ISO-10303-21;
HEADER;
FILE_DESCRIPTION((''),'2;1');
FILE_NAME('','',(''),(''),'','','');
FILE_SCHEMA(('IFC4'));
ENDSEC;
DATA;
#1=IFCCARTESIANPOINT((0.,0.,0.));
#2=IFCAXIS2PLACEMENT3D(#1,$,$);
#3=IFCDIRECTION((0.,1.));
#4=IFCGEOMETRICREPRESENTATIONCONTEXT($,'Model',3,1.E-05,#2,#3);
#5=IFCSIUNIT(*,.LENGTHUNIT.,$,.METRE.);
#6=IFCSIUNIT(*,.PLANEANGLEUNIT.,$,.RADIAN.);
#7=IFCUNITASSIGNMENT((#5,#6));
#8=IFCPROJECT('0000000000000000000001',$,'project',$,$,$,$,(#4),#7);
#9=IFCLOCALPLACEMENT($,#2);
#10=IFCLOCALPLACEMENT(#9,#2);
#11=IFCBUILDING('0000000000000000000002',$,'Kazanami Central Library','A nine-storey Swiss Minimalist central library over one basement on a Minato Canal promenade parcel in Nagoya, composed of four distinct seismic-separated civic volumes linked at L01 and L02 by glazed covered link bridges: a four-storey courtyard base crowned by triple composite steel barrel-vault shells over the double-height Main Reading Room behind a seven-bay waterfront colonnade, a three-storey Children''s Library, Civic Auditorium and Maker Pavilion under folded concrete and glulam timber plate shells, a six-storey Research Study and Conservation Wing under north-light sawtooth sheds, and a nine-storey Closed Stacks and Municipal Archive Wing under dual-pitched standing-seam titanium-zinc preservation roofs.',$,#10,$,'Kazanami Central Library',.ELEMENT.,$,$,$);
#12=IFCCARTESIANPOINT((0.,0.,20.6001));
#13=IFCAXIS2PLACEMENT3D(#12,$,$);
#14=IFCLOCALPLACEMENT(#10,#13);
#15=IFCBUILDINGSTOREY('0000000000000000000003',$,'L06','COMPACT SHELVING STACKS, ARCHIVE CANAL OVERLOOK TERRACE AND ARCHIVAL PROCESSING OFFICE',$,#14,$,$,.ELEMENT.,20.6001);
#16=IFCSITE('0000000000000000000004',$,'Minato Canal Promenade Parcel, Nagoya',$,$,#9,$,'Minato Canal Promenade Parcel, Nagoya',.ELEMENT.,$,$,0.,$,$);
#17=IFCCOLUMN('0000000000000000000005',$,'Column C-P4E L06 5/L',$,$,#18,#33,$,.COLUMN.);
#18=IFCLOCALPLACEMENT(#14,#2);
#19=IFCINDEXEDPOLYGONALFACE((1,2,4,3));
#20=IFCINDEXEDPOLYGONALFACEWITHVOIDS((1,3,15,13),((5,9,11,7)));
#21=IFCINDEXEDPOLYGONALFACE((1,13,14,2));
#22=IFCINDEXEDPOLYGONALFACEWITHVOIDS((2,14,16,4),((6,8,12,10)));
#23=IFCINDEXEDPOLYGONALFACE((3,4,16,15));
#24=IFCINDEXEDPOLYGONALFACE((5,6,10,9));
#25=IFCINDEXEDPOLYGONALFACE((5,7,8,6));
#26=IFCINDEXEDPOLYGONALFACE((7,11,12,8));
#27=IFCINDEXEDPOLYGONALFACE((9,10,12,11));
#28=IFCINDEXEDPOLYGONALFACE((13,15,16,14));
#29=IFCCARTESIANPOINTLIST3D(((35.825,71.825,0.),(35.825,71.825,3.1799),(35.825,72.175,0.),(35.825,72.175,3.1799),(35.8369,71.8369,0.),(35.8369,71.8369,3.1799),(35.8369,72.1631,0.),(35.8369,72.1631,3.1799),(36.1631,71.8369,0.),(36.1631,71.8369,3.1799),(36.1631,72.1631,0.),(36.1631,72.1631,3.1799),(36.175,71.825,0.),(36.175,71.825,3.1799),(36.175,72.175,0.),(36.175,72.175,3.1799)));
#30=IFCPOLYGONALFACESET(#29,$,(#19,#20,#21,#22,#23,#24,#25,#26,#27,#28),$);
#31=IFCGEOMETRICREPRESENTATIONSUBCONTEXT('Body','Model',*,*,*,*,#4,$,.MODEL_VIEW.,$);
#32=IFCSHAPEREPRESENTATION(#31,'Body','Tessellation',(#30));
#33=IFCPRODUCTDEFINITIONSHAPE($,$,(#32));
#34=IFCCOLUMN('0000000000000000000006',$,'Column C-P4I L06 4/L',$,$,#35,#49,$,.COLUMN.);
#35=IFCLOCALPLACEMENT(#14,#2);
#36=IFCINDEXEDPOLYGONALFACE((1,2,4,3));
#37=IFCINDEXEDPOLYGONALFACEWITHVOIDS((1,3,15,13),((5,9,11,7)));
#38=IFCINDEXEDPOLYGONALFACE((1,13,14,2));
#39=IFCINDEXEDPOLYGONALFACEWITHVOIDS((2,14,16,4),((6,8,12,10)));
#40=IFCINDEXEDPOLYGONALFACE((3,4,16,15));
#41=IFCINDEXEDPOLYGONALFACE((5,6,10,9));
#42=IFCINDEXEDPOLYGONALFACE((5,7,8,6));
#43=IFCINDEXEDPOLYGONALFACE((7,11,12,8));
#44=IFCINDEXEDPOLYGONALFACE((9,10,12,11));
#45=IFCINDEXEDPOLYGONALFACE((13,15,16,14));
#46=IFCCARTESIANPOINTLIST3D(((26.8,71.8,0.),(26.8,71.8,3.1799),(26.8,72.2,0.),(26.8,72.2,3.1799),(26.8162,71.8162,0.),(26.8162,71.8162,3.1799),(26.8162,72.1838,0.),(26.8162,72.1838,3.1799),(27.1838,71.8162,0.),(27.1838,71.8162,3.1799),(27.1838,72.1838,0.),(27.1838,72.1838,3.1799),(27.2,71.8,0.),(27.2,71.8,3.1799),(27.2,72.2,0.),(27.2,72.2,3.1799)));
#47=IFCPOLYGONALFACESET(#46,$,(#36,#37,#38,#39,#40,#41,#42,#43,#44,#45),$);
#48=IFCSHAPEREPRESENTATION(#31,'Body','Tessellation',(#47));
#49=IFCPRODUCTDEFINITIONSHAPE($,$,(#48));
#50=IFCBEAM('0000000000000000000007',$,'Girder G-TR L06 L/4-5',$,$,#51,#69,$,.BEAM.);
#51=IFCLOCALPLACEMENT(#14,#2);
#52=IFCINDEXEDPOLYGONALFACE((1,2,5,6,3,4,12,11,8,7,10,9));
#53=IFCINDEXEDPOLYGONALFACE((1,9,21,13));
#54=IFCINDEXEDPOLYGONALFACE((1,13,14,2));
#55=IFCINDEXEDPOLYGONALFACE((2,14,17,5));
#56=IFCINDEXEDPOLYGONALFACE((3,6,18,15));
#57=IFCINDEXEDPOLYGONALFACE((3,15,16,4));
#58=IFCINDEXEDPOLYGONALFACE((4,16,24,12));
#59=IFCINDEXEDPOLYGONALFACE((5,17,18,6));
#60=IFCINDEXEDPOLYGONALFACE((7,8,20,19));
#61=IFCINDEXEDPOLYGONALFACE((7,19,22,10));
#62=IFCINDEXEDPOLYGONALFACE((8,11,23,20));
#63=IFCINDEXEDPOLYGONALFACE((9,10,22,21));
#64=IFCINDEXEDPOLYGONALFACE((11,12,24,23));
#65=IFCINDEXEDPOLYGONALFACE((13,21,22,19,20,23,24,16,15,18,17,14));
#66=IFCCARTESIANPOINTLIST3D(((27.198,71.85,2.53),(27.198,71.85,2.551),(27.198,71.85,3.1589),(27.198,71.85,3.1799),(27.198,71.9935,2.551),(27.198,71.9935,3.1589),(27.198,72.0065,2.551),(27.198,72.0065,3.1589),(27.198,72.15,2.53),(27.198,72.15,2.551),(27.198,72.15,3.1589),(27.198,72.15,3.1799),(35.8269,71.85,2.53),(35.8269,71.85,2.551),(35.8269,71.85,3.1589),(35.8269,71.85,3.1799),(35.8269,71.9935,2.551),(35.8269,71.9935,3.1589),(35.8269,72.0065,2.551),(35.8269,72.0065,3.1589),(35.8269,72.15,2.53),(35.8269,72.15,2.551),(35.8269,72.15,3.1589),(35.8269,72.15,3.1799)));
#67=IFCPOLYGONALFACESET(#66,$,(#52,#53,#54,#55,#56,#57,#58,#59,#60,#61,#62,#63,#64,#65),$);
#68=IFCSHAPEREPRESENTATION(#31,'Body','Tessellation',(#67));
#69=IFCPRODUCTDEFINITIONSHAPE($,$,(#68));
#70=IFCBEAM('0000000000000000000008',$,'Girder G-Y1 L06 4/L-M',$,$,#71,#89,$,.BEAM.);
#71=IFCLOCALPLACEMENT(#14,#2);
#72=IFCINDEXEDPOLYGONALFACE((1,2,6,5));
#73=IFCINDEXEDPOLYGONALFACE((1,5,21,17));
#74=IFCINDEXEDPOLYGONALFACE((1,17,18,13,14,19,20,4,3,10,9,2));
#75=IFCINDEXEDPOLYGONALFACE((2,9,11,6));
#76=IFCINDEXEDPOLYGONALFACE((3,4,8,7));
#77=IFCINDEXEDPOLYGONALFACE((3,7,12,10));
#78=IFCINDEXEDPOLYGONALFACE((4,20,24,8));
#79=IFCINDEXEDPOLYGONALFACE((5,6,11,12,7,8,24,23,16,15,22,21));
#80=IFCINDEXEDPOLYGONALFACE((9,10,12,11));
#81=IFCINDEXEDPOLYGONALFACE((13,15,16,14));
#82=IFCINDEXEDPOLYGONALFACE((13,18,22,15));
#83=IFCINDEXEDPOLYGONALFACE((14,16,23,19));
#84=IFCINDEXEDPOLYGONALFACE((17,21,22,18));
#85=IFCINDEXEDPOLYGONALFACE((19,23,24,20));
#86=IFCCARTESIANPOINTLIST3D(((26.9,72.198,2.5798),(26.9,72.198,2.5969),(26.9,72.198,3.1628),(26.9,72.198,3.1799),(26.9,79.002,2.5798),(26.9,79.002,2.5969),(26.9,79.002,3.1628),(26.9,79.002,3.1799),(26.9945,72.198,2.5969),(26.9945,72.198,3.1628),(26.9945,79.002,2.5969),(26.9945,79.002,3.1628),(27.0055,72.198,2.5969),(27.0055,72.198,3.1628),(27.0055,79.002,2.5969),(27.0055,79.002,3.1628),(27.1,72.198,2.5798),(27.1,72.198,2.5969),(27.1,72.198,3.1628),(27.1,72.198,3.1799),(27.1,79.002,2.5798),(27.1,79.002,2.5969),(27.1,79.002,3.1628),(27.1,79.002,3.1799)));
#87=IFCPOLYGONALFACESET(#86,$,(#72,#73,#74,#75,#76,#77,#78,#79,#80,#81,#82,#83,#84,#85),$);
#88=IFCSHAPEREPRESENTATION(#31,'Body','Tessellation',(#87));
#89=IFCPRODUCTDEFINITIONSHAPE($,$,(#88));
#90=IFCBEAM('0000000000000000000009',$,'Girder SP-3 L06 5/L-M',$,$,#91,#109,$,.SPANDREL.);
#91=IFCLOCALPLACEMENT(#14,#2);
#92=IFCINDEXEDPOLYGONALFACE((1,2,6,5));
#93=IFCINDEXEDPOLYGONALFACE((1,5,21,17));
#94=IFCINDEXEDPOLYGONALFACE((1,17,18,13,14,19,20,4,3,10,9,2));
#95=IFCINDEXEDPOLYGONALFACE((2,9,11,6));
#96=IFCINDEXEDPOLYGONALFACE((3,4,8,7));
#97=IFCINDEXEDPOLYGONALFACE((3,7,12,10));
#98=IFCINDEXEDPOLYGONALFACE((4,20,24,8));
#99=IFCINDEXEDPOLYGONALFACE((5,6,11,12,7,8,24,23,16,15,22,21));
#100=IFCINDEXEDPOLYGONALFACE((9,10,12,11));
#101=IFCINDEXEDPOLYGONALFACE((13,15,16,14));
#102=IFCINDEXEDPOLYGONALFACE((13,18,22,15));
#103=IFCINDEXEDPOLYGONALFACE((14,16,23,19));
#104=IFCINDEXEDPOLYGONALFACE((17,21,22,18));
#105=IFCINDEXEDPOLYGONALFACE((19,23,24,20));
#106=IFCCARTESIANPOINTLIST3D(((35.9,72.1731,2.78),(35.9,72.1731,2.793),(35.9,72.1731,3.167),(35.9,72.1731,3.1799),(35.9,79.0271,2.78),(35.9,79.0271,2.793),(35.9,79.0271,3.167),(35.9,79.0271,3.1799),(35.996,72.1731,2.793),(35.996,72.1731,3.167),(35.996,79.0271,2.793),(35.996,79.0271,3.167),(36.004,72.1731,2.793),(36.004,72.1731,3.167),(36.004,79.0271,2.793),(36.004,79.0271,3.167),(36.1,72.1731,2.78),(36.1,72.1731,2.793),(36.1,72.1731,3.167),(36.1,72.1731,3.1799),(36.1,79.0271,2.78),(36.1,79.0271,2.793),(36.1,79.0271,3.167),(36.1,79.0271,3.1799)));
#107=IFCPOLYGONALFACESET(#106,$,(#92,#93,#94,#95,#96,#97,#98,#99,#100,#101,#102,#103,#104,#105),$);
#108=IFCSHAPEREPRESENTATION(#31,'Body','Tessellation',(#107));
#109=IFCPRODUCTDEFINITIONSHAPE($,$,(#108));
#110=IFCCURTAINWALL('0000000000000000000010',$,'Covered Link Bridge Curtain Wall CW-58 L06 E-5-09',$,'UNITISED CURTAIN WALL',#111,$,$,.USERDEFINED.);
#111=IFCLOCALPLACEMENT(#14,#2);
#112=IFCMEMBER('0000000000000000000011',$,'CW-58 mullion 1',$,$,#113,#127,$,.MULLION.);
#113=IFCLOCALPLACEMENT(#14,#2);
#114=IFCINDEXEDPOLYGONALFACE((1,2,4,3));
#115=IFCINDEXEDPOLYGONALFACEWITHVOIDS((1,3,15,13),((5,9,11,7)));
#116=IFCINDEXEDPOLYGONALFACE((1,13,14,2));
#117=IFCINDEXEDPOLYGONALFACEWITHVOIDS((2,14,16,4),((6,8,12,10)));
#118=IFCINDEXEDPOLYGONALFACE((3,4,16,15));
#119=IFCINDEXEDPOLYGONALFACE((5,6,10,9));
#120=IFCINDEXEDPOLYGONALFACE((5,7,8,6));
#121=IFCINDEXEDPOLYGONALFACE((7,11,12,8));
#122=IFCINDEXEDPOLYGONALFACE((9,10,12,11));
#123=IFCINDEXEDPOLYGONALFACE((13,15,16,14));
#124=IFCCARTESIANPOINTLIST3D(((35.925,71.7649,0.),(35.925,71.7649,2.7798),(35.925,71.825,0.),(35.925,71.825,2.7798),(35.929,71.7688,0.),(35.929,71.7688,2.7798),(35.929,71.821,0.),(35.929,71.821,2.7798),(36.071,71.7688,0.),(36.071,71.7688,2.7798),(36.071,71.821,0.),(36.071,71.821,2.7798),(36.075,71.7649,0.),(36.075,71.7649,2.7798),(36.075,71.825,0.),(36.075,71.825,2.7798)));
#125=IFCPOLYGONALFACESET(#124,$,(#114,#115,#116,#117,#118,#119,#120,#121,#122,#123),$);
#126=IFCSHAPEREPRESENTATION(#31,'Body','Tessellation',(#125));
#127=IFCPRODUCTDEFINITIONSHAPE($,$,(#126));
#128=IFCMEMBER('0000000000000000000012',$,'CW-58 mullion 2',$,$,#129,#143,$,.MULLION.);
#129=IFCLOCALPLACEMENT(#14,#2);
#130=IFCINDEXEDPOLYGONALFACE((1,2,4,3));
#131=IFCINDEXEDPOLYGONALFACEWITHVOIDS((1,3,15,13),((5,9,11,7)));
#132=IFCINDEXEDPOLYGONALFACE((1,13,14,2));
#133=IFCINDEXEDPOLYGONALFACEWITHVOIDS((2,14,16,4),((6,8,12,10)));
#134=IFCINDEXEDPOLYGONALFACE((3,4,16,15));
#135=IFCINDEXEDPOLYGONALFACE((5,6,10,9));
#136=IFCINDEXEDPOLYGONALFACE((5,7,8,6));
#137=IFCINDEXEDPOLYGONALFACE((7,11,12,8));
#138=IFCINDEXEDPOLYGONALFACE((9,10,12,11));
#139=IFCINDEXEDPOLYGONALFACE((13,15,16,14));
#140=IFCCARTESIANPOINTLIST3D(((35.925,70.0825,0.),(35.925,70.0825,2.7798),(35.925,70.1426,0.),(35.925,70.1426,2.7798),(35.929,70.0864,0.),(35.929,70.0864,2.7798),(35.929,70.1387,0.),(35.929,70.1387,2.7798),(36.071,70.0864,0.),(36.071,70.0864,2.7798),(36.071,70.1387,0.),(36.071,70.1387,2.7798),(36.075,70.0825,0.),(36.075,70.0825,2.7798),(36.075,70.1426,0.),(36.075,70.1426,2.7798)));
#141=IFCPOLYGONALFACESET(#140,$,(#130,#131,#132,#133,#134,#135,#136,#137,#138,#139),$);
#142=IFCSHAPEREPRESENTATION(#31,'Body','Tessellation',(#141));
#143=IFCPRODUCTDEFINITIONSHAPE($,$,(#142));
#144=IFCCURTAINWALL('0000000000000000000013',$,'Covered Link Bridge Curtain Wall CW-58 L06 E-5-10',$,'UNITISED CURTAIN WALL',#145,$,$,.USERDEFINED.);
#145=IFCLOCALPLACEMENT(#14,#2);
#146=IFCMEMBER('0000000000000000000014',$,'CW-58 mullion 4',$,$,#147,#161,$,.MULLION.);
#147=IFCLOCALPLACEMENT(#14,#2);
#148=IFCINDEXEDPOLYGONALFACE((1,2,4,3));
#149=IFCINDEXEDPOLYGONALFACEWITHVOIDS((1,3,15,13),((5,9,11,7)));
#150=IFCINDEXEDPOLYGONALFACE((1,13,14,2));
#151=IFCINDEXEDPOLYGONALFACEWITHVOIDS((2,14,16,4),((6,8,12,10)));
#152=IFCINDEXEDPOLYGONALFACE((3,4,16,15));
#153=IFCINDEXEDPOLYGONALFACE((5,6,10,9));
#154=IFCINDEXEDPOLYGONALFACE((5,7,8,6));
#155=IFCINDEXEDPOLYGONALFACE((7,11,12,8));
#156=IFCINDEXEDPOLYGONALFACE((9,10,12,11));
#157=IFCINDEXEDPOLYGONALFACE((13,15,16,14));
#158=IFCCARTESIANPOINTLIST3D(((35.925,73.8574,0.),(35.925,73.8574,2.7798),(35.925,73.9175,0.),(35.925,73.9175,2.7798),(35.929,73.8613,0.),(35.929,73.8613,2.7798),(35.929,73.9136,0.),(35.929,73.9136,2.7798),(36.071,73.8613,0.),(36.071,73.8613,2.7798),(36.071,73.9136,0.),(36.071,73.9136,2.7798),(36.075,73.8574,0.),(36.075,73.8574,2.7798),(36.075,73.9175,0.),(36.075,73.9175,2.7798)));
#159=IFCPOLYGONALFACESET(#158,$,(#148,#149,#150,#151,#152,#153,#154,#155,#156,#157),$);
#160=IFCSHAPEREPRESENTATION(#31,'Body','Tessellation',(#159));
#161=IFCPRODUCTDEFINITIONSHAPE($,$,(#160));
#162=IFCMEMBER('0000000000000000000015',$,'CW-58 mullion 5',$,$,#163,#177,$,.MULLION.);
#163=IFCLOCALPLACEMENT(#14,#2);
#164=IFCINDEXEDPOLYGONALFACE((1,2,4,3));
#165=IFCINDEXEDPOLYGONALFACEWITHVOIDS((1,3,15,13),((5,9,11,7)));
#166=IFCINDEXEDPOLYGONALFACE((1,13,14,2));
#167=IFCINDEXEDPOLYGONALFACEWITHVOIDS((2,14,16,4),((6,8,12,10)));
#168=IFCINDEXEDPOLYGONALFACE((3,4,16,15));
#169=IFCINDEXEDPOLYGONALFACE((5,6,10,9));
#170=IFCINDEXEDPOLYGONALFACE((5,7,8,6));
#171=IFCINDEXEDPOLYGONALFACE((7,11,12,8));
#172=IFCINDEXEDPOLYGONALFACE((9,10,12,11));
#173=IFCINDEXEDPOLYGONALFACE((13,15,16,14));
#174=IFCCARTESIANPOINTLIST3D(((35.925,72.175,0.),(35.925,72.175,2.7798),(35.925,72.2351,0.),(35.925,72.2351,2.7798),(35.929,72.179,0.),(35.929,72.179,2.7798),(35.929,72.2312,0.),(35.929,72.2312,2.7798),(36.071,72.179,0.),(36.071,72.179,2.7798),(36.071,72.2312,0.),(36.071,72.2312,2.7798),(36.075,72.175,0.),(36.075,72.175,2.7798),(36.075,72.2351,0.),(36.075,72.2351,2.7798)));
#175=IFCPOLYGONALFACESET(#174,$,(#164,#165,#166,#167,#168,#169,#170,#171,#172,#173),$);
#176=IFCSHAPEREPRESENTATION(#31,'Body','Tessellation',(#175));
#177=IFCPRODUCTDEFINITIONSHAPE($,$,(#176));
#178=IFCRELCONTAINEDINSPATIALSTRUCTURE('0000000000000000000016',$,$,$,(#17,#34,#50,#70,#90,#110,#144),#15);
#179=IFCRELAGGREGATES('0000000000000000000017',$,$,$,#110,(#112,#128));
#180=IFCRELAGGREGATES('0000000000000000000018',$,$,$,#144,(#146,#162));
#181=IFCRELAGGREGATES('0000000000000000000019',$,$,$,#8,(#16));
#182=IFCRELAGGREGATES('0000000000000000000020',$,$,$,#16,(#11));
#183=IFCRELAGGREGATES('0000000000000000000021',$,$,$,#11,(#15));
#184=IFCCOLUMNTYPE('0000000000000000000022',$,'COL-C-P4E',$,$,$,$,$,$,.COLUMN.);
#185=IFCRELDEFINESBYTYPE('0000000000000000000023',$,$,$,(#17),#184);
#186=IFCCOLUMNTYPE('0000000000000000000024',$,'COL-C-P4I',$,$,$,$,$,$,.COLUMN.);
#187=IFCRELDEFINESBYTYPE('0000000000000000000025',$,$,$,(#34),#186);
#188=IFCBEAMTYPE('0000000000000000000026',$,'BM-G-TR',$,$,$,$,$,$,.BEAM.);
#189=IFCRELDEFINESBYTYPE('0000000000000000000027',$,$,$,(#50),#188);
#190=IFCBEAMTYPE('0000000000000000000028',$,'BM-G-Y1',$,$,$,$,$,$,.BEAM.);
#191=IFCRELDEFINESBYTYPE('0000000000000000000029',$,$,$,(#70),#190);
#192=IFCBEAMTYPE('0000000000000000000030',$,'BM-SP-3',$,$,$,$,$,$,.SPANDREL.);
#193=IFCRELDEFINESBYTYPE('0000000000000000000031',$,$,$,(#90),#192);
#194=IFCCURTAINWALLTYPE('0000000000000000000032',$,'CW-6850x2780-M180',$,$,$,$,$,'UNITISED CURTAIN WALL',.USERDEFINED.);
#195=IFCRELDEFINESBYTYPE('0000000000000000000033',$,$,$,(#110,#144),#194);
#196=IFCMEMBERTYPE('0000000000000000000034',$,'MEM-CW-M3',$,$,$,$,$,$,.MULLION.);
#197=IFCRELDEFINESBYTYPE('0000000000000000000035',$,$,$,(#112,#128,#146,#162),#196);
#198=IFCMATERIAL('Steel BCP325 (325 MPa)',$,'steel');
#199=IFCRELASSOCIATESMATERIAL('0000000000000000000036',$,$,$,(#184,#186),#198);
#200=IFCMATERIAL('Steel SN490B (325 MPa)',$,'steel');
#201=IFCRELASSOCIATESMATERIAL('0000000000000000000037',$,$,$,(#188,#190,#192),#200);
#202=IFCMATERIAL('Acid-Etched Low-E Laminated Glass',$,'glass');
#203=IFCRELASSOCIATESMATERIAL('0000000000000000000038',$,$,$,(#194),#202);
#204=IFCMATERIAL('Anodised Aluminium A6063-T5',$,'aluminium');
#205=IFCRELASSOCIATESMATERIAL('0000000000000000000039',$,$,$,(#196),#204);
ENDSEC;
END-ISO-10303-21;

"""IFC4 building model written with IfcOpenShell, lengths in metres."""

from ifc_helpers import new_model, si_unit, direction, frame, origin, origin_2d, place, context, subcontext, project, spatial, hollow_rectangle, i_section, extrude, material, material_profile, profile_set, type_object, element, aggregate, save


model = new_model("IFC4")

# Units and contexts
model_context = context("Model", 3, precision=1e-05, world=origin(), true_north=direction((0.0, 1.0)))
body_context = subcontext(model_context, "Body", "Model", "MODEL_VIEW")
ifc_project = project(units=[si_unit("LENGTHUNIT", "METRE"), si_unit("PLANEANGLEUNIT", "RADIAN")], contexts=[model_context])

# Site, building, storey
site_placement = place(None, origin())
site = spatial("IfcSite", under=ifc_project, at=site_placement, Name="Minato Canal Promenade Parcel, Nagoya", LongName="Minato Canal Promenade Parcel, Nagoya", CompositionType="ELEMENT", RefElevation=0.0)
building_placement = place(site_placement, origin())
building = spatial("IfcBuilding", under=site, at=building_placement, Name="Kazanami Central Library", Description="A nine-storey Swiss Minimalist central library over one basement on a Minato Canal promenade parcel in Nagoya, composed of four distinct seismic-separated civic volumes linked at L01 and L02 by glazed covered link bridges: a four-storey courtyard base crowned by triple composite steel barrel-vault shells over the double-height Main Reading Room behind a seven-bay waterfront colonnade, a three-storey Children's Library, Civic Auditorium and Maker Pavilion under folded concrete and glulam timber plate shells, a six-storey Research Study and Conservation Wing under north-light sawtooth sheds, and a nine-storey Closed Stacks and Municipal Archive Wing under dual-pitched standing-seam titanium-zinc preservation roofs.", LongName="Kazanami Central Library", CompositionType="ELEMENT")
storey_placement = place(building_placement, frame((0.0, 0.0, 20.6001)))
storey = spatial("IfcBuildingStorey", under=building, at=storey_placement, Name="L06", Description="COMPACT SHELVING STACKS, ARCHIVE CANAL OVERLOOK TERRACE AND ARCHIVAL PROCESSING OFFICE", CompositionType="ELEMENT", Elevation=20.6001)

# Columns
ifc_material_1 = material(Name="Steel BCP325 (325 MPa)", Category="steel")
ifc_material_profile_1 = material_profile(ifc_material_1, hollow_rectangle(XDim=0.3501, YDim=0.3501, WallThickness=0.012, at=origin_2d()), Name="STKR-350x350x12")
ifc_profile_set_1 = profile_set([ifc_material_profile_1], Name="Steel BCP325 (325 MPa)")
column_type_1 = type_object("IfcColumnType", Name="COL-C-P4E", PredefinedType="COLUMN", material=ifc_profile_set_1)
column_1_placement = place(storey_placement, frame((36.0, 72.0, 0.0), z_axis=(0.0, 0.0, 1.0), x_axis=(1.0, 0.0, 0.0)))
element("IfcColumn", 1, at=column_1_placement, inside=storey, type_object=column_type_1, Name="Column C-P4E L06 5/L", PredefinedType="COLUMN", context=body_context, shape_type="SweptSolid", body=[
    extrude(hollow_rectangle(XDim=0.3501, YDim=0.3501, WallThickness=0.012, at=origin_2d()), origin(), (0.0, 0.0, 1.0), 3.1799),
])
ifc_material_profile_2 = material_profile(ifc_material_1, hollow_rectangle(XDim=0.3999, YDim=0.3999, WallThickness=0.0161, at=origin_2d()), Name="BCP-400x400x16")
ifc_profile_set_2 = profile_set([ifc_material_profile_2], Name="Steel BCP325 (325 MPa)")
column_type_2 = type_object("IfcColumnType", Name="COL-C-P4I", PredefinedType="COLUMN", material=ifc_profile_set_2)
column_2_placement = place(storey_placement, frame((27.0, 72.0, 0.0), z_axis=(0.0, 0.0, 1.0), x_axis=(1.0, 0.0, 0.0)))
element("IfcColumn", 2, at=column_2_placement, inside=storey, type_object=column_type_2, Name="Column C-P4I L06 4/L", PredefinedType="COLUMN", context=body_context, shape_type="SweptSolid", body=[
    extrude(hollow_rectangle(XDim=0.3999, YDim=0.3999, WallThickness=0.0161, at=origin_2d()), origin(), (0.0, 0.0, 1.0), 3.1799),
])

# Beams
ifc_material_2 = material(Name="Steel SN490B (325 MPa)", Category="steel")
ifc_material_profile_3 = material_profile(ifc_material_2, i_section(OverallWidth=0.3, OverallDepth=0.6499, WebThickness=0.0129, FlangeThickness=0.021, at=origin_2d()), Name="H-650x300x13x21")
ifc_profile_set_3 = profile_set([ifc_material_profile_3], Name="Steel SN490B (325 MPa)")
beam_type_1 = type_object("IfcBeamType", Name="BM-G-TR", PredefinedType="BEAM", material=ifc_profile_set_3)
beam_1_placement = place(storey_placement, frame((27.198, 72.0, 2.855), z_axis=(1.0, 0.0, 0.0), x_axis=(0.0, 1.0, 0.0)))
element("IfcBeam", 3, at=beam_1_placement, inside=storey, type_object=beam_type_1, Name="Girder G-TR L06 L/4-5", PredefinedType="BEAM", context=body_context, shape_type="SweptSolid", body=[
    extrude(i_section(OverallWidth=0.3, OverallDepth=0.6499, WebThickness=0.0129, FlangeThickness=0.021, at=origin_2d()), origin(), (0.0, 0.0, 1.0), 8.6289),
])
ifc_material_profile_4 = material_profile(ifc_material_2, i_section(OverallWidth=0.2, OverallDepth=0.6001, WebThickness=0.011, FlangeThickness=0.0171, at=origin_2d()), Name="H-600x200x11x17")
ifc_profile_set_4 = profile_set([ifc_material_profile_4], Name="Steel SN490B (325 MPa)")
beam_type_2 = type_object("IfcBeamType", Name="BM-G-Y1", PredefinedType="BEAM", material=ifc_profile_set_4)
beam_2_placement = place(storey_placement, frame((27.0, 72.198, 2.8799), z_axis=(0.0, 1.0, 0.0), x_axis=(-1.0, 0.0, 0.0)))
element("IfcBeam", 4, at=beam_2_placement, inside=storey, type_object=beam_type_2, Name="Girder G-Y1 L06 4/L-M", PredefinedType="BEAM", context=body_context, shape_type="SweptSolid", body=[
    extrude(i_section(OverallWidth=0.2, OverallDepth=0.6001, WebThickness=0.011, FlangeThickness=0.0171, at=origin_2d()), origin(), (0.0, 0.0, 1.0), 6.804),
])
ifc_material_profile_5 = material_profile(ifc_material_2, i_section(OverallWidth=0.2, OverallDepth=0.3999, WebThickness=0.0081, FlangeThickness=0.0129, at=origin_2d()), Name="H-400x200x8x13")
ifc_profile_set_5 = profile_set([ifc_material_profile_5], Name="Steel SN490B (325 MPa)")
beam_type_3 = type_object("IfcBeamType", Name="BM-SP-3", PredefinedType="SPANDREL", material=ifc_profile_set_5)
beam_3_placement = place(storey_placement, frame((36.0, 72.1731, 2.98), z_axis=(0.0, 1.0, 0.0), x_axis=(-1.0, 0.0, 0.0)))
element("IfcBeam", 5, at=beam_3_placement, inside=storey, type_object=beam_type_3, Name="Girder SP-3 L06 5/L-M", PredefinedType="SPANDREL", context=body_context, shape_type="SweptSolid", body=[
    extrude(i_section(OverallWidth=0.2, OverallDepth=0.3999, WebThickness=0.0081, FlangeThickness=0.0129, at=origin_2d()), origin(), (0.0, 0.0, 1.0), 6.854),
])

# Curtain walls, members
ifc_material_3 = material(Name="Acid-Etched Low-E Laminated Glass", Category="glass")
curtain_wall_type = type_object("IfcCurtainWallType", Name="CW-6850x2780-M180", ElementType="UNITISED CURTAIN WALL", PredefinedType="USERDEFINED", material=ifc_material_3)
curtain_wall_1_placement = place(storey_placement, origin())
curtain_wall_1 = element("IfcCurtainWall", 6, at=curtain_wall_1_placement, inside=storey, type_object=curtain_wall_type, Name="Covered Link Bridge Curtain Wall CW-58 L06 E-5-09", ObjectType="UNITISED CURTAIN WALL", PredefinedType="USERDEFINED")
ifc_material_4 = material(Name="Anodised Aluminium A6063-T5", Category="aluminium")
ifc_material_profile_6 = material_profile(ifc_material_4, hollow_rectangle(XDim=0.0601, YDim=0.1499, WallThickness=0.0039, at=origin_2d()), Name="ALU-MULL-60x150x4")
ifc_profile_set_6 = profile_set([ifc_material_profile_6], Name="Anodised Aluminium A6063-T5")
member_type_1 = type_object("IfcMemberType", Name="MEM-CW-M3", PredefinedType="MULLION", material=ifc_profile_set_6)
member_1_placement = place(storey_placement, frame((36.0, 71.7949, 0.0), z_axis=(0.0, 0.0, 1.0), x_axis=(0.0, -1.0, 0.0)))
member_1 = element("IfcMember", 7, at=member_1_placement, type_object=member_type_1, Name="CW-58 mullion 1", PredefinedType="MULLION", context=body_context, shape_type="SweptSolid", body=[
    extrude(hollow_rectangle(XDim=0.0601, YDim=0.1499, WallThickness=0.0039, at=origin_2d()), origin(), (0.0, 0.0, 1.0), 2.7798),
])
member_2_placement = place(storey_placement, frame((36.0, 70.1125, 0.0), z_axis=(0.0, 0.0, 1.0), x_axis=(0.0, -1.0, 0.0)))
member_2 = element("IfcMember", 8, at=member_2_placement, type_object=member_type_1, Name="CW-58 mullion 2", PredefinedType="MULLION", context=body_context, shape_type="SweptSolid", body=[
    extrude(hollow_rectangle(XDim=0.0601, YDim=0.1499, WallThickness=0.0039, at=origin_2d()), origin(), (0.0, 0.0, 1.0), 2.7798),
])
curtain_wall_2_placement = place(storey_placement, origin())
curtain_wall_2 = element("IfcCurtainWall", 9, at=curtain_wall_2_placement, inside=storey, type_object=curtain_wall_type, Name="Covered Link Bridge Curtain Wall CW-58 L06 E-5-10", ObjectType="UNITISED CURTAIN WALL", PredefinedType="USERDEFINED")
member_3_placement = place(storey_placement, frame((36.0, 73.8875, 0.0), z_axis=(0.0, 0.0, 1.0), x_axis=(0.0, -1.0, 0.0)))
member_3 = element("IfcMember", 10, at=member_3_placement, type_object=member_type_1, Name="CW-58 mullion 4", PredefinedType="MULLION", context=body_context, shape_type="SweptSolid", body=[
    extrude(hollow_rectangle(XDim=0.0601, YDim=0.1499, WallThickness=0.0039, at=origin_2d()), origin(), (0.0, 0.0, 1.0), 2.7798),
])
member_4_placement = place(storey_placement, frame((36.0, 72.2051, 0.0), z_axis=(0.0, 0.0, 1.0), x_axis=(0.0, -1.0, 0.0)))
member_4 = element("IfcMember", 11, at=member_4_placement, type_object=member_type_1, Name="CW-58 mullion 5", PredefinedType="MULLION", context=body_context, shape_type="SweptSolid", body=[
    extrude(hollow_rectangle(XDim=0.0601, YDim=0.1499, WallThickness=0.0039, at=origin_2d()), origin(), (0.0, 0.0, 1.0), 2.7798),
])

aggregate(curtain_wall_1, [member_1, member_2])
aggregate(curtain_wall_2, [member_3, member_4])

save(model, "model.ifc")
